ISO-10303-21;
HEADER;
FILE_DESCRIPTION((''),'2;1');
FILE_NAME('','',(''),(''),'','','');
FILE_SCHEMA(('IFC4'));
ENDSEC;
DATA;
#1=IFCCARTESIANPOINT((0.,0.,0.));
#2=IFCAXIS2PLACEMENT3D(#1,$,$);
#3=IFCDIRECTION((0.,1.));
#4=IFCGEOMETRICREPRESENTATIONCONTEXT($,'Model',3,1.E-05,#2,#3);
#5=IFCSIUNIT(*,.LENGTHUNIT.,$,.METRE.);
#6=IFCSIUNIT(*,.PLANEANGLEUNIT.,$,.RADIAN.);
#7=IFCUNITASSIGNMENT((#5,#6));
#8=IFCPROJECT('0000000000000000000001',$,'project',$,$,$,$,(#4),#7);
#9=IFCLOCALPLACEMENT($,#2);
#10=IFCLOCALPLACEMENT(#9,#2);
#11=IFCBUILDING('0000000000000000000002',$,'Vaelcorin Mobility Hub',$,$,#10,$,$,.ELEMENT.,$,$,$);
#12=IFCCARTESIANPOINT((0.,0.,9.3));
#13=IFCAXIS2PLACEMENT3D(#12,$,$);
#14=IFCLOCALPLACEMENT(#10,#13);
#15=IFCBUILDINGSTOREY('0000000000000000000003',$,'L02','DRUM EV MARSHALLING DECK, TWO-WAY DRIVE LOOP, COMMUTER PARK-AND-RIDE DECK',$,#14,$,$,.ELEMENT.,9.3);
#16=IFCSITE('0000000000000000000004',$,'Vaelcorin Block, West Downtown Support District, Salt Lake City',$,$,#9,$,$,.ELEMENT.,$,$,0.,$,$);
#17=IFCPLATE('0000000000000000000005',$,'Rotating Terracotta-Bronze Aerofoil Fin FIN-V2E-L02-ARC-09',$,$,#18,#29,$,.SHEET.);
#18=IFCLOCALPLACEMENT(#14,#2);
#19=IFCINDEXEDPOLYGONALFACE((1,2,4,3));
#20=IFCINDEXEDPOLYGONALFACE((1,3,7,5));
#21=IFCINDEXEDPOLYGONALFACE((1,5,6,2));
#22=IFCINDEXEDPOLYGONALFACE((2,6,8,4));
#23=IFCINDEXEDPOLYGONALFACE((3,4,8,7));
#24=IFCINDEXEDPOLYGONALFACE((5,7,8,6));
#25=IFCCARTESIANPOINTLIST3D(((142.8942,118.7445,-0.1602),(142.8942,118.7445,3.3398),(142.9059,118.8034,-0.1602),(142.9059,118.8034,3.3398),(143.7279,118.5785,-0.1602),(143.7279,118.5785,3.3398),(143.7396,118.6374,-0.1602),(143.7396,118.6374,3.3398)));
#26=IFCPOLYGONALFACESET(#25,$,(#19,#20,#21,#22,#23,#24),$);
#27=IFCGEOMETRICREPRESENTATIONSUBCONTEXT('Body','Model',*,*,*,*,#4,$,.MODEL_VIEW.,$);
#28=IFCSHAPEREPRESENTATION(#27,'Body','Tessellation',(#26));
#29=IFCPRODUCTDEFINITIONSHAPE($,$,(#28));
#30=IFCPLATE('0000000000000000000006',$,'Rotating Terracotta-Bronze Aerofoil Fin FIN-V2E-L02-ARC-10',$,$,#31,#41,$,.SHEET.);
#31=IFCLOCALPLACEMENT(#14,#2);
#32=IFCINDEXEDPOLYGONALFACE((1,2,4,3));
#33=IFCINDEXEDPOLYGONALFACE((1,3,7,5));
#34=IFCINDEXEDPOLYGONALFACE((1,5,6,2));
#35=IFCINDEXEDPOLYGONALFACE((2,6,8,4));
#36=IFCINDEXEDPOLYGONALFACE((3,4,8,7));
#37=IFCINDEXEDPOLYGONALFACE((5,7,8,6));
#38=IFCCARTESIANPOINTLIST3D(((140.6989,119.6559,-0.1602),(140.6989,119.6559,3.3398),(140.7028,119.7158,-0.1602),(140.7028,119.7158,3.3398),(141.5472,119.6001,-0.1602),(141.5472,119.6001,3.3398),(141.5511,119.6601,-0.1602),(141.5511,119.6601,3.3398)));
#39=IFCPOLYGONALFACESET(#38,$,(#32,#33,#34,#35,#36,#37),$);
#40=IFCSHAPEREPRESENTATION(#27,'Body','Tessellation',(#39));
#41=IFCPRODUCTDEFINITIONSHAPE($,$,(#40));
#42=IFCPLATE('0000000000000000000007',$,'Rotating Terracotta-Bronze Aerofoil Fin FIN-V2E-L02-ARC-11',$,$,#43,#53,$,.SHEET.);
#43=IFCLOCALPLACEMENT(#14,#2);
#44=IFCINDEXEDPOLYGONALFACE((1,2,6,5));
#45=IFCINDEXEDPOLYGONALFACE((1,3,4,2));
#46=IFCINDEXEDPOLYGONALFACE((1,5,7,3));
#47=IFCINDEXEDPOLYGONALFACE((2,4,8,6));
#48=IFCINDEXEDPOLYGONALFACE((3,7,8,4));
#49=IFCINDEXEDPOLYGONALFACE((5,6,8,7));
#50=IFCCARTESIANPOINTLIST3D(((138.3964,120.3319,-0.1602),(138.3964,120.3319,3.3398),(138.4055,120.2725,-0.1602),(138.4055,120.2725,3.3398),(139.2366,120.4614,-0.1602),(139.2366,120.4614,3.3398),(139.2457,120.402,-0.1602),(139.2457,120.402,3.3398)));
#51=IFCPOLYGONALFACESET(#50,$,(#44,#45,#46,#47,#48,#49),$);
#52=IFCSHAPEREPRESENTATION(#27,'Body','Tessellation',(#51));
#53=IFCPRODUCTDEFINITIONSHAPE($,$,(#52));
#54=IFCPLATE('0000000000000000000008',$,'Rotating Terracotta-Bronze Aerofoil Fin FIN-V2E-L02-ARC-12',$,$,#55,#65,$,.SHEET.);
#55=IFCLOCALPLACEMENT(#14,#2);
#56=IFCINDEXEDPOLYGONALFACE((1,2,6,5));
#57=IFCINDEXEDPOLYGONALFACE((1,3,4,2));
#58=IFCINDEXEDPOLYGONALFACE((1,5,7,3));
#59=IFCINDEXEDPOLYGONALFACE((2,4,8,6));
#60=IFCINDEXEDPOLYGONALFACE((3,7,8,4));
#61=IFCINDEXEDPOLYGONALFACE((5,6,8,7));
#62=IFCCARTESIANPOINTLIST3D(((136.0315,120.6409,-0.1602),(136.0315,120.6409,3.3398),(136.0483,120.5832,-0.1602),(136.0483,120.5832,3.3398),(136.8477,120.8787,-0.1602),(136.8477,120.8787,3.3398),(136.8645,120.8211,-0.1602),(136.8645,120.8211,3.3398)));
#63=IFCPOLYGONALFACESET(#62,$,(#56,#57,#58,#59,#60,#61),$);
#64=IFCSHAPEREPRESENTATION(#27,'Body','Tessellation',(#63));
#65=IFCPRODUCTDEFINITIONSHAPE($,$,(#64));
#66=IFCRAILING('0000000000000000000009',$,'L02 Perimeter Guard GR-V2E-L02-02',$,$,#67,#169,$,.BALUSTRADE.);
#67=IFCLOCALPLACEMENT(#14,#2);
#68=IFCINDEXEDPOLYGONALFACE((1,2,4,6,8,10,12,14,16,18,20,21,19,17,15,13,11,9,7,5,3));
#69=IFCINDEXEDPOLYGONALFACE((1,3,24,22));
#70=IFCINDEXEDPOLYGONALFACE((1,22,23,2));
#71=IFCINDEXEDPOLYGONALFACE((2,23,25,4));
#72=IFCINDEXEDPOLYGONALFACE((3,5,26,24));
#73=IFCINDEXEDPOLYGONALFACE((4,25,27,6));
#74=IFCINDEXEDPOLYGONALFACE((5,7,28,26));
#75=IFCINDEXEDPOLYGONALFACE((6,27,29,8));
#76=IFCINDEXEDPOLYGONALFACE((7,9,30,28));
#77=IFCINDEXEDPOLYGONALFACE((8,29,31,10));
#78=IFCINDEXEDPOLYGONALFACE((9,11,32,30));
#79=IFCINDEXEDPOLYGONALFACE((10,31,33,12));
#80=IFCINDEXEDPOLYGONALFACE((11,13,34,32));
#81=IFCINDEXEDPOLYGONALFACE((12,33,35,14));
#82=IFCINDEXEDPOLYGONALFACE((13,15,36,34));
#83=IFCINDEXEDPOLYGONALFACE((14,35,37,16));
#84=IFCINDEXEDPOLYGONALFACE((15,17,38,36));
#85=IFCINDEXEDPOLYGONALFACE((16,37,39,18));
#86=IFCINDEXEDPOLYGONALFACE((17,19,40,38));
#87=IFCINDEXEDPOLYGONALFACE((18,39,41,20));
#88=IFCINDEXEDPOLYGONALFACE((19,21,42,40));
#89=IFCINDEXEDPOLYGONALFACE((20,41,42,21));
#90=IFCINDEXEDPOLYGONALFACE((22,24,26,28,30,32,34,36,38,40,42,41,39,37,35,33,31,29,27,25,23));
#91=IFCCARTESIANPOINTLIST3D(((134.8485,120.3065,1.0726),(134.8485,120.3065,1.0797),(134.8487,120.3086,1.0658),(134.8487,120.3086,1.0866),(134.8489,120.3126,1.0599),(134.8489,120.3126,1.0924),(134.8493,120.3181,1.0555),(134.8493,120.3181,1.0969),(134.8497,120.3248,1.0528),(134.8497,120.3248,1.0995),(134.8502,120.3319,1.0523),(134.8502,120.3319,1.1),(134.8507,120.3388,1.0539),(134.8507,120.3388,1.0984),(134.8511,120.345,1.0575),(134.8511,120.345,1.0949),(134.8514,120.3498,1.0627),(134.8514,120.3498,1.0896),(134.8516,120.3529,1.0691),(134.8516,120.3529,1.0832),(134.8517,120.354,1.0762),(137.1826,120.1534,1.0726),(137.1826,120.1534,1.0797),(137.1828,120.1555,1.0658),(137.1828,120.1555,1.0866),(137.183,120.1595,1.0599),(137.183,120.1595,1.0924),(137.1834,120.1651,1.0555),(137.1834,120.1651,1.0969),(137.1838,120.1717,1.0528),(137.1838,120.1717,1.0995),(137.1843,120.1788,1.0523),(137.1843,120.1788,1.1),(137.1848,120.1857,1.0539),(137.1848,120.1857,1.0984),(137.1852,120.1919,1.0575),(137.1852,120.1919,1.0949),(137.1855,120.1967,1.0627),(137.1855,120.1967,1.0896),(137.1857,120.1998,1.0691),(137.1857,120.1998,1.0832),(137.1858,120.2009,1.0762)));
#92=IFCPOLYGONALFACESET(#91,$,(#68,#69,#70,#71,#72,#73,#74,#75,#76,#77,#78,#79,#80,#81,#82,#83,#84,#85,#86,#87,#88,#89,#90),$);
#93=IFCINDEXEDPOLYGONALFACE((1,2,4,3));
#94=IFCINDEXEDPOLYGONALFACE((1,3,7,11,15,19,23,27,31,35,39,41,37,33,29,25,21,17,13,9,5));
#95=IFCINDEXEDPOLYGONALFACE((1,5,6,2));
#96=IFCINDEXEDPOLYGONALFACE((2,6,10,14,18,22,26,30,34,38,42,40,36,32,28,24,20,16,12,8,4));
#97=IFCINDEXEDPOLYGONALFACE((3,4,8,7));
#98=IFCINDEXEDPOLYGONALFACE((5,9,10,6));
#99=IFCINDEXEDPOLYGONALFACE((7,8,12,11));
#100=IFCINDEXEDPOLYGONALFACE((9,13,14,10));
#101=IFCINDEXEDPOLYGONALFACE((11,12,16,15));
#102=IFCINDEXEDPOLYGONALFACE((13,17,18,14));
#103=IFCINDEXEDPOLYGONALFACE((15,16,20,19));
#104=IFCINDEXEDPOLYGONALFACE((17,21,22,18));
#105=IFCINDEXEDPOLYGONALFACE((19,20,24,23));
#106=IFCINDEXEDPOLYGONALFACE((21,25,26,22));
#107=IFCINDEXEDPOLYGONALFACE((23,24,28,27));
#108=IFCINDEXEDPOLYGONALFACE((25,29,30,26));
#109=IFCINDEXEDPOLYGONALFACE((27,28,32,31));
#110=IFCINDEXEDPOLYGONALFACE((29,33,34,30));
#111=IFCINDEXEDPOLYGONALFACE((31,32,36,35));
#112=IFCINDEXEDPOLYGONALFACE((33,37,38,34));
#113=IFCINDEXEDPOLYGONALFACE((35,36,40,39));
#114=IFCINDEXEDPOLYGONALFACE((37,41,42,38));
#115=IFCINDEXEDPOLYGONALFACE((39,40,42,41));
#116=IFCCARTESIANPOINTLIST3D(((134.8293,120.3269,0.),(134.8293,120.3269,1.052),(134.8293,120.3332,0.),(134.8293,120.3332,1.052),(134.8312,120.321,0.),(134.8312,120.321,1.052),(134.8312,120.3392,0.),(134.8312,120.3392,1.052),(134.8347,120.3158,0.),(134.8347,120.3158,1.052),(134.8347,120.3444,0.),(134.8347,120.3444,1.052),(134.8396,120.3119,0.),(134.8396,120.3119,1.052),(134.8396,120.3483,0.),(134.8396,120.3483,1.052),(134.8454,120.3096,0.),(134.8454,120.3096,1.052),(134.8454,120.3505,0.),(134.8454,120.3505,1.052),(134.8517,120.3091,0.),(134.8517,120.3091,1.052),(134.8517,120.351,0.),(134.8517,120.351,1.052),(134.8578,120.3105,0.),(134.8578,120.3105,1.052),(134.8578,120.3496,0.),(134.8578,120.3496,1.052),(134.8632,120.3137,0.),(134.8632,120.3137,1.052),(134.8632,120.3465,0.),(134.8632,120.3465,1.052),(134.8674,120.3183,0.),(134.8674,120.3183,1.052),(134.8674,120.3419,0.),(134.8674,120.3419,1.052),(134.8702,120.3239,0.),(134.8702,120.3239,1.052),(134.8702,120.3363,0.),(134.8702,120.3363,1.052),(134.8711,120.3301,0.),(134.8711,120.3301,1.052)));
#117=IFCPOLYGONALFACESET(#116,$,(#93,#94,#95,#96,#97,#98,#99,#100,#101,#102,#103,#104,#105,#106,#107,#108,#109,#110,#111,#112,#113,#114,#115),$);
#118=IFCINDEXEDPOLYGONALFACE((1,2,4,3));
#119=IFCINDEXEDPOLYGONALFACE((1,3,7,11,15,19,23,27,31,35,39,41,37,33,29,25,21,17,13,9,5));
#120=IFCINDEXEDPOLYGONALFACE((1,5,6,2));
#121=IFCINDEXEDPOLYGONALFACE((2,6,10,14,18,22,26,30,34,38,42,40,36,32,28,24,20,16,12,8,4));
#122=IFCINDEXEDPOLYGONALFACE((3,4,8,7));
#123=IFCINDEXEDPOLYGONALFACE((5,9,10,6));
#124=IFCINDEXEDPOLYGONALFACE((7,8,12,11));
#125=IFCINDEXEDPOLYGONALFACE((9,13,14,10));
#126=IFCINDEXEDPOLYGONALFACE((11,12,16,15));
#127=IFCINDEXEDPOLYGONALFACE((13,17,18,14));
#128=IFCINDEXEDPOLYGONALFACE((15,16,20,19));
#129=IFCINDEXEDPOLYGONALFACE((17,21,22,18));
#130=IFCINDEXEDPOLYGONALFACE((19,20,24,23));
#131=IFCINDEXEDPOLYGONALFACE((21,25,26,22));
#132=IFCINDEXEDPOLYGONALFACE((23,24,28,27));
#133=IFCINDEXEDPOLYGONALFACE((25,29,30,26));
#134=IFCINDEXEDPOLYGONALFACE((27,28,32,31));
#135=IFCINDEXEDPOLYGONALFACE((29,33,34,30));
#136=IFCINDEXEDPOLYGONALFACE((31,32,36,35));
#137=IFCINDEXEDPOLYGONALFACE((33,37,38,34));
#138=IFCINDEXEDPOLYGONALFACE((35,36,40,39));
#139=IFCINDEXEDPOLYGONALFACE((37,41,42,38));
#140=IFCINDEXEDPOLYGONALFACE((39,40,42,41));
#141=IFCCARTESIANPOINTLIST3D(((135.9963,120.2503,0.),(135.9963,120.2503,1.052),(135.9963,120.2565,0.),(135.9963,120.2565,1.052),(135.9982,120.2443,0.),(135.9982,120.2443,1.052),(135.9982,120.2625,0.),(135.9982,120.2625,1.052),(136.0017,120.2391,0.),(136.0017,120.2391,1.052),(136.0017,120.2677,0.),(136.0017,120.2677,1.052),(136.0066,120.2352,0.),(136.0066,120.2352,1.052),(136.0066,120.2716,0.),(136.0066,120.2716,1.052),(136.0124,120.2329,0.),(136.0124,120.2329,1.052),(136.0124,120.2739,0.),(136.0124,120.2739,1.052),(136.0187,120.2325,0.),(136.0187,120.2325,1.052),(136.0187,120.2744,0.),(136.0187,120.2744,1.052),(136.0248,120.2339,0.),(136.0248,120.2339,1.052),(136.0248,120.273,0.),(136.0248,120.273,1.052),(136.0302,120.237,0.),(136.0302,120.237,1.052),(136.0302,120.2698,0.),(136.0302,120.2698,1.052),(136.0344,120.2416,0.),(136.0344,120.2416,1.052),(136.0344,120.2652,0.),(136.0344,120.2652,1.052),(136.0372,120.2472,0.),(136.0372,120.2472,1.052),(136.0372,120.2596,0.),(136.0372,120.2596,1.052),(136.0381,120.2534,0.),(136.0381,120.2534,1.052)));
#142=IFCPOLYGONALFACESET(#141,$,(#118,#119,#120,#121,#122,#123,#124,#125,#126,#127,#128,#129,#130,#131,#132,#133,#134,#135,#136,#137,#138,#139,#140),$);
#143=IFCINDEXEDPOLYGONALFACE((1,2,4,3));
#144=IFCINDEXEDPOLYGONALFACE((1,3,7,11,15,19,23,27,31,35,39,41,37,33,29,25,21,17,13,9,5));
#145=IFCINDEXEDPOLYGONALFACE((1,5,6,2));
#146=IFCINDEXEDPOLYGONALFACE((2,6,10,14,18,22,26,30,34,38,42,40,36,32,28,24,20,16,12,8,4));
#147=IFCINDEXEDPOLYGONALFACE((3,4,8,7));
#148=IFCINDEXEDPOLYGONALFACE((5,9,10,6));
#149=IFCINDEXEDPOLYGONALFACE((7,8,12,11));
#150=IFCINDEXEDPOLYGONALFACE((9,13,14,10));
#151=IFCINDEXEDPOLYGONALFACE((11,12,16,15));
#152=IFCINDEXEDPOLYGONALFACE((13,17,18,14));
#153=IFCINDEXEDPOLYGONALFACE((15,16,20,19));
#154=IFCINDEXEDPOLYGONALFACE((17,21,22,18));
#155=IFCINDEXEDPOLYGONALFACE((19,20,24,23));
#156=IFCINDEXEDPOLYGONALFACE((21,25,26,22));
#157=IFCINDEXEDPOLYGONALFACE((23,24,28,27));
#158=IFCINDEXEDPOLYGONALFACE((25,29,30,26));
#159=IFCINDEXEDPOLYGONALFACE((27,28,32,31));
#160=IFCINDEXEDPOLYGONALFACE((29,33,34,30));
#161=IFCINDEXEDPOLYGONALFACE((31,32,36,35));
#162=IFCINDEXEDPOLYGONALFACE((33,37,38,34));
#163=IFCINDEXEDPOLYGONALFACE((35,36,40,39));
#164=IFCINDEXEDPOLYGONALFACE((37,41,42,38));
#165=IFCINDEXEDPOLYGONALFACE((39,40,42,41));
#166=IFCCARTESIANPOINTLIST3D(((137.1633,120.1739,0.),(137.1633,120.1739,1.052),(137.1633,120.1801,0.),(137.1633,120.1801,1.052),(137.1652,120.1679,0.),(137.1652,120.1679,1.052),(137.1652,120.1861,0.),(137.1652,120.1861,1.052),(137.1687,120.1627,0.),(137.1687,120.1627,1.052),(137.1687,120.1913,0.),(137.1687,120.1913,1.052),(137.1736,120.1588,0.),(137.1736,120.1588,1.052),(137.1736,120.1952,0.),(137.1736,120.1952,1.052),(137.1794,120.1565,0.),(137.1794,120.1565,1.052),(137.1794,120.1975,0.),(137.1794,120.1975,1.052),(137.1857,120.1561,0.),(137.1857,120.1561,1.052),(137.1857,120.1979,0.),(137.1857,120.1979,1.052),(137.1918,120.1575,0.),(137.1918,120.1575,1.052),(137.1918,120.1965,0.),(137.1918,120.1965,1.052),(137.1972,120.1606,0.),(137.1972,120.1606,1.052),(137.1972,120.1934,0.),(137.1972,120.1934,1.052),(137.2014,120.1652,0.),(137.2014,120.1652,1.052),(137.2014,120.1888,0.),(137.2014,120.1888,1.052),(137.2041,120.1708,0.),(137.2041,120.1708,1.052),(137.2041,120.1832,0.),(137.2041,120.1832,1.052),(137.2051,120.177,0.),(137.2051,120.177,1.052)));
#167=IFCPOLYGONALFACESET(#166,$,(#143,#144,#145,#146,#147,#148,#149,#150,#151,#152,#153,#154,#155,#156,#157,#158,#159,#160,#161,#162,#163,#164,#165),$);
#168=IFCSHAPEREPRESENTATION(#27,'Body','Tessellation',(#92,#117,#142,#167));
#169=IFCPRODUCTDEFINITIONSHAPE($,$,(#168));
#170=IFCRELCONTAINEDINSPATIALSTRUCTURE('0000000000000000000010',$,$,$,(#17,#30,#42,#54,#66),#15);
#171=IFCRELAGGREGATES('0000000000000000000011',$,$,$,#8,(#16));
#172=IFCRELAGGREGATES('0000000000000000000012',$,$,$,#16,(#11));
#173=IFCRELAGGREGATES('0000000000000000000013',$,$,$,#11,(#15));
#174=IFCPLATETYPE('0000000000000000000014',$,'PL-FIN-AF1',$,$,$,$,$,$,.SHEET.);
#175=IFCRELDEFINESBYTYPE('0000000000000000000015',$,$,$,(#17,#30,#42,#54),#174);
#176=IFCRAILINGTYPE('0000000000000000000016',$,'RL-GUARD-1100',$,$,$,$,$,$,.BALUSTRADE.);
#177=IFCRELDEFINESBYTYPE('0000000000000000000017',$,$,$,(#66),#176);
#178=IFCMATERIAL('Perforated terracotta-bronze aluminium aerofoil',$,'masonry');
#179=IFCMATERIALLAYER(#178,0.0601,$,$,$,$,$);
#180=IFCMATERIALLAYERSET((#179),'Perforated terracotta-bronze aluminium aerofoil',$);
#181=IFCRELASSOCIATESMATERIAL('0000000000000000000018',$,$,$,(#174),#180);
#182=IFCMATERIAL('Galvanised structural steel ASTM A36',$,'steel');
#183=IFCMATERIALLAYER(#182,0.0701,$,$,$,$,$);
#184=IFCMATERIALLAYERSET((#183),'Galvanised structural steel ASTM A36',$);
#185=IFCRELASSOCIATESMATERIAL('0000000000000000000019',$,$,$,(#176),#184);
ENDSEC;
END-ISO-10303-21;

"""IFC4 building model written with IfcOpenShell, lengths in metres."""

from ifc_helpers import new_model, si_unit, direction, frame, origin, origin_2d, place, context, subcontext, project, spatial, rectangle, circle, extrude, material, layer, layer_set, type_object, element, save


model = new_model("IFC4")

# Units and contexts
model_context = context("Model", 3, precision=1e-05, world=origin(), true_north=direction((0.0, 1.0)))
body_context = subcontext(model_context, "Body", "Model", "MODEL_VIEW")
ifc_project = project(units=[si_unit("LENGTHUNIT", "METRE"), si_unit("PLANEANGLEUNIT", "RADIAN")], contexts=[model_context])

# Site, building, storey
site_placement = place(None, origin())
site = spatial("IfcSite", under=ifc_project, at=site_placement, Name="Vaelcorin Block, West Downtown Support District, Salt Lake City", CompositionType="ELEMENT", RefElevation=0.0)
building_placement = place(site_placement, origin())
building = spatial("IfcBuilding", under=site, at=building_placement, Name="Vaelcorin Mobility Hub", CompositionType="ELEMENT")
storey_placement = place(building_placement, frame((0.0, 0.0, 9.3)))
storey = spatial("IfcBuildingStorey", under=building, at=storey_placement, Name="L02", Description="DRUM EV MARSHALLING DECK, TWO-WAY DRIVE LOOP, COMMUTER PARK-AND-RIDE DECK", CompositionType="ELEMENT", Elevation=9.3)

# Plates
ifc_material_1 = material(Name="Perforated terracotta-bronze aluminium aerofoil", Category="masonry")
ifc_layer_1 = layer(ifc_material_1, 0.0601)
ifc_layer_set_1 = layer_set([ifc_layer_1], Name="Perforated terracotta-bronze aluminium aerofoil")
plate_type = type_object("IfcPlateType", Name="PL-FIN-AF1", PredefinedType="SHEET", material=ifc_layer_set_1)
for number, where, z_axis, x_axis, name in (
    (1, (143.3169, 118.6909, -0.1602), (0.0, 0.0, 1.0), (0.980751, -0.195261, 0.0), "Rotating Terracotta-Bronze Aerofoil Fin FIN-V2E-L02-ARC-09"),
    (2, (141.125, 119.658, -0.1602), (0.0, 0.0, 1.0), (0.99785, -0.065542, 0.0), "Rotating Terracotta-Bronze Aerofoil Fin FIN-V2E-L02-ARC-10"),
    (3, (138.821, 120.3669, -0.1602), (0.0, 0.0, 1.0), (0.98833, 0.15233, 0.0), "Rotating Terracotta-Bronze Aerofoil Fin FIN-V2E-L02-ARC-11"),
    (4, (136.448, 120.731, -0.1602), (0.0, 0.0, 1.0), (0.960055, 0.279812, 0.0), "Rotating Terracotta-Bronze Aerofoil Fin FIN-V2E-L02-ARC-12"),
):
    element("IfcPlate", number, at=place(storey_placement, frame(where, z_axis=z_axis, x_axis=x_axis)), inside=storey, type_object=plate_type, Name=name, PredefinedType="SHEET", context=body_context, shape_type="SweptSolid", body=[
        extrude(rectangle(XDim=0.8501, YDim=0.0601, at=origin_2d()), origin(), (0.0, 0.0, 1.0), 3.5),
    ])

# Railing
ifc_material_2 = material(Name="Galvanised structural steel ASTM A36", Category="steel")
ifc_layer_2 = layer(ifc_material_2, 0.0701)
ifc_layer_set_2 = layer_set([ifc_layer_2], Name="Galvanised structural steel ASTM A36")
railing_type = type_object("IfcRailingType", Name="RL-GUARD-1100", PredefinedType="BALUSTRADE", material=ifc_layer_set_2)
railing_1_placement = place(storey_placement, frame((134.8501, 120.3301, 0.0)))
element("IfcRailing", 5, at=railing_1_placement, inside=storey, type_object=railing_type, Name="L02 Perimeter Guard GR-V2E-L02-02", PredefinedType="BALUSTRADE", context=body_context, shape_type="SweptSolid", body=[
    extrude(circle(Radius=0.0239, at=origin_2d()), frame((0.0, 0.0, 1.0762), z_axis=(0.997856, -0.065445, 0.0), x_axis=(0.065445, 0.997856, 0.0)), (0.0, 0.0, 1.0), 2.3391),
    extrude(circle(Radius=0.021, at=origin_2d()), origin(), (0.0, 0.0, 1.0), 1.052),
    extrude(circle(Radius=0.021, at=origin_2d()), frame((1.167, -0.0767, 0.0)), (0.0, 0.0, 1.0), 1.052),
    extrude(circle(Radius=0.021, at=origin_2d()), frame((2.334, -0.1531, 0.0)), (0.0, 0.0, 1.0), 1.052),
])

save(model, "model.ifc")
